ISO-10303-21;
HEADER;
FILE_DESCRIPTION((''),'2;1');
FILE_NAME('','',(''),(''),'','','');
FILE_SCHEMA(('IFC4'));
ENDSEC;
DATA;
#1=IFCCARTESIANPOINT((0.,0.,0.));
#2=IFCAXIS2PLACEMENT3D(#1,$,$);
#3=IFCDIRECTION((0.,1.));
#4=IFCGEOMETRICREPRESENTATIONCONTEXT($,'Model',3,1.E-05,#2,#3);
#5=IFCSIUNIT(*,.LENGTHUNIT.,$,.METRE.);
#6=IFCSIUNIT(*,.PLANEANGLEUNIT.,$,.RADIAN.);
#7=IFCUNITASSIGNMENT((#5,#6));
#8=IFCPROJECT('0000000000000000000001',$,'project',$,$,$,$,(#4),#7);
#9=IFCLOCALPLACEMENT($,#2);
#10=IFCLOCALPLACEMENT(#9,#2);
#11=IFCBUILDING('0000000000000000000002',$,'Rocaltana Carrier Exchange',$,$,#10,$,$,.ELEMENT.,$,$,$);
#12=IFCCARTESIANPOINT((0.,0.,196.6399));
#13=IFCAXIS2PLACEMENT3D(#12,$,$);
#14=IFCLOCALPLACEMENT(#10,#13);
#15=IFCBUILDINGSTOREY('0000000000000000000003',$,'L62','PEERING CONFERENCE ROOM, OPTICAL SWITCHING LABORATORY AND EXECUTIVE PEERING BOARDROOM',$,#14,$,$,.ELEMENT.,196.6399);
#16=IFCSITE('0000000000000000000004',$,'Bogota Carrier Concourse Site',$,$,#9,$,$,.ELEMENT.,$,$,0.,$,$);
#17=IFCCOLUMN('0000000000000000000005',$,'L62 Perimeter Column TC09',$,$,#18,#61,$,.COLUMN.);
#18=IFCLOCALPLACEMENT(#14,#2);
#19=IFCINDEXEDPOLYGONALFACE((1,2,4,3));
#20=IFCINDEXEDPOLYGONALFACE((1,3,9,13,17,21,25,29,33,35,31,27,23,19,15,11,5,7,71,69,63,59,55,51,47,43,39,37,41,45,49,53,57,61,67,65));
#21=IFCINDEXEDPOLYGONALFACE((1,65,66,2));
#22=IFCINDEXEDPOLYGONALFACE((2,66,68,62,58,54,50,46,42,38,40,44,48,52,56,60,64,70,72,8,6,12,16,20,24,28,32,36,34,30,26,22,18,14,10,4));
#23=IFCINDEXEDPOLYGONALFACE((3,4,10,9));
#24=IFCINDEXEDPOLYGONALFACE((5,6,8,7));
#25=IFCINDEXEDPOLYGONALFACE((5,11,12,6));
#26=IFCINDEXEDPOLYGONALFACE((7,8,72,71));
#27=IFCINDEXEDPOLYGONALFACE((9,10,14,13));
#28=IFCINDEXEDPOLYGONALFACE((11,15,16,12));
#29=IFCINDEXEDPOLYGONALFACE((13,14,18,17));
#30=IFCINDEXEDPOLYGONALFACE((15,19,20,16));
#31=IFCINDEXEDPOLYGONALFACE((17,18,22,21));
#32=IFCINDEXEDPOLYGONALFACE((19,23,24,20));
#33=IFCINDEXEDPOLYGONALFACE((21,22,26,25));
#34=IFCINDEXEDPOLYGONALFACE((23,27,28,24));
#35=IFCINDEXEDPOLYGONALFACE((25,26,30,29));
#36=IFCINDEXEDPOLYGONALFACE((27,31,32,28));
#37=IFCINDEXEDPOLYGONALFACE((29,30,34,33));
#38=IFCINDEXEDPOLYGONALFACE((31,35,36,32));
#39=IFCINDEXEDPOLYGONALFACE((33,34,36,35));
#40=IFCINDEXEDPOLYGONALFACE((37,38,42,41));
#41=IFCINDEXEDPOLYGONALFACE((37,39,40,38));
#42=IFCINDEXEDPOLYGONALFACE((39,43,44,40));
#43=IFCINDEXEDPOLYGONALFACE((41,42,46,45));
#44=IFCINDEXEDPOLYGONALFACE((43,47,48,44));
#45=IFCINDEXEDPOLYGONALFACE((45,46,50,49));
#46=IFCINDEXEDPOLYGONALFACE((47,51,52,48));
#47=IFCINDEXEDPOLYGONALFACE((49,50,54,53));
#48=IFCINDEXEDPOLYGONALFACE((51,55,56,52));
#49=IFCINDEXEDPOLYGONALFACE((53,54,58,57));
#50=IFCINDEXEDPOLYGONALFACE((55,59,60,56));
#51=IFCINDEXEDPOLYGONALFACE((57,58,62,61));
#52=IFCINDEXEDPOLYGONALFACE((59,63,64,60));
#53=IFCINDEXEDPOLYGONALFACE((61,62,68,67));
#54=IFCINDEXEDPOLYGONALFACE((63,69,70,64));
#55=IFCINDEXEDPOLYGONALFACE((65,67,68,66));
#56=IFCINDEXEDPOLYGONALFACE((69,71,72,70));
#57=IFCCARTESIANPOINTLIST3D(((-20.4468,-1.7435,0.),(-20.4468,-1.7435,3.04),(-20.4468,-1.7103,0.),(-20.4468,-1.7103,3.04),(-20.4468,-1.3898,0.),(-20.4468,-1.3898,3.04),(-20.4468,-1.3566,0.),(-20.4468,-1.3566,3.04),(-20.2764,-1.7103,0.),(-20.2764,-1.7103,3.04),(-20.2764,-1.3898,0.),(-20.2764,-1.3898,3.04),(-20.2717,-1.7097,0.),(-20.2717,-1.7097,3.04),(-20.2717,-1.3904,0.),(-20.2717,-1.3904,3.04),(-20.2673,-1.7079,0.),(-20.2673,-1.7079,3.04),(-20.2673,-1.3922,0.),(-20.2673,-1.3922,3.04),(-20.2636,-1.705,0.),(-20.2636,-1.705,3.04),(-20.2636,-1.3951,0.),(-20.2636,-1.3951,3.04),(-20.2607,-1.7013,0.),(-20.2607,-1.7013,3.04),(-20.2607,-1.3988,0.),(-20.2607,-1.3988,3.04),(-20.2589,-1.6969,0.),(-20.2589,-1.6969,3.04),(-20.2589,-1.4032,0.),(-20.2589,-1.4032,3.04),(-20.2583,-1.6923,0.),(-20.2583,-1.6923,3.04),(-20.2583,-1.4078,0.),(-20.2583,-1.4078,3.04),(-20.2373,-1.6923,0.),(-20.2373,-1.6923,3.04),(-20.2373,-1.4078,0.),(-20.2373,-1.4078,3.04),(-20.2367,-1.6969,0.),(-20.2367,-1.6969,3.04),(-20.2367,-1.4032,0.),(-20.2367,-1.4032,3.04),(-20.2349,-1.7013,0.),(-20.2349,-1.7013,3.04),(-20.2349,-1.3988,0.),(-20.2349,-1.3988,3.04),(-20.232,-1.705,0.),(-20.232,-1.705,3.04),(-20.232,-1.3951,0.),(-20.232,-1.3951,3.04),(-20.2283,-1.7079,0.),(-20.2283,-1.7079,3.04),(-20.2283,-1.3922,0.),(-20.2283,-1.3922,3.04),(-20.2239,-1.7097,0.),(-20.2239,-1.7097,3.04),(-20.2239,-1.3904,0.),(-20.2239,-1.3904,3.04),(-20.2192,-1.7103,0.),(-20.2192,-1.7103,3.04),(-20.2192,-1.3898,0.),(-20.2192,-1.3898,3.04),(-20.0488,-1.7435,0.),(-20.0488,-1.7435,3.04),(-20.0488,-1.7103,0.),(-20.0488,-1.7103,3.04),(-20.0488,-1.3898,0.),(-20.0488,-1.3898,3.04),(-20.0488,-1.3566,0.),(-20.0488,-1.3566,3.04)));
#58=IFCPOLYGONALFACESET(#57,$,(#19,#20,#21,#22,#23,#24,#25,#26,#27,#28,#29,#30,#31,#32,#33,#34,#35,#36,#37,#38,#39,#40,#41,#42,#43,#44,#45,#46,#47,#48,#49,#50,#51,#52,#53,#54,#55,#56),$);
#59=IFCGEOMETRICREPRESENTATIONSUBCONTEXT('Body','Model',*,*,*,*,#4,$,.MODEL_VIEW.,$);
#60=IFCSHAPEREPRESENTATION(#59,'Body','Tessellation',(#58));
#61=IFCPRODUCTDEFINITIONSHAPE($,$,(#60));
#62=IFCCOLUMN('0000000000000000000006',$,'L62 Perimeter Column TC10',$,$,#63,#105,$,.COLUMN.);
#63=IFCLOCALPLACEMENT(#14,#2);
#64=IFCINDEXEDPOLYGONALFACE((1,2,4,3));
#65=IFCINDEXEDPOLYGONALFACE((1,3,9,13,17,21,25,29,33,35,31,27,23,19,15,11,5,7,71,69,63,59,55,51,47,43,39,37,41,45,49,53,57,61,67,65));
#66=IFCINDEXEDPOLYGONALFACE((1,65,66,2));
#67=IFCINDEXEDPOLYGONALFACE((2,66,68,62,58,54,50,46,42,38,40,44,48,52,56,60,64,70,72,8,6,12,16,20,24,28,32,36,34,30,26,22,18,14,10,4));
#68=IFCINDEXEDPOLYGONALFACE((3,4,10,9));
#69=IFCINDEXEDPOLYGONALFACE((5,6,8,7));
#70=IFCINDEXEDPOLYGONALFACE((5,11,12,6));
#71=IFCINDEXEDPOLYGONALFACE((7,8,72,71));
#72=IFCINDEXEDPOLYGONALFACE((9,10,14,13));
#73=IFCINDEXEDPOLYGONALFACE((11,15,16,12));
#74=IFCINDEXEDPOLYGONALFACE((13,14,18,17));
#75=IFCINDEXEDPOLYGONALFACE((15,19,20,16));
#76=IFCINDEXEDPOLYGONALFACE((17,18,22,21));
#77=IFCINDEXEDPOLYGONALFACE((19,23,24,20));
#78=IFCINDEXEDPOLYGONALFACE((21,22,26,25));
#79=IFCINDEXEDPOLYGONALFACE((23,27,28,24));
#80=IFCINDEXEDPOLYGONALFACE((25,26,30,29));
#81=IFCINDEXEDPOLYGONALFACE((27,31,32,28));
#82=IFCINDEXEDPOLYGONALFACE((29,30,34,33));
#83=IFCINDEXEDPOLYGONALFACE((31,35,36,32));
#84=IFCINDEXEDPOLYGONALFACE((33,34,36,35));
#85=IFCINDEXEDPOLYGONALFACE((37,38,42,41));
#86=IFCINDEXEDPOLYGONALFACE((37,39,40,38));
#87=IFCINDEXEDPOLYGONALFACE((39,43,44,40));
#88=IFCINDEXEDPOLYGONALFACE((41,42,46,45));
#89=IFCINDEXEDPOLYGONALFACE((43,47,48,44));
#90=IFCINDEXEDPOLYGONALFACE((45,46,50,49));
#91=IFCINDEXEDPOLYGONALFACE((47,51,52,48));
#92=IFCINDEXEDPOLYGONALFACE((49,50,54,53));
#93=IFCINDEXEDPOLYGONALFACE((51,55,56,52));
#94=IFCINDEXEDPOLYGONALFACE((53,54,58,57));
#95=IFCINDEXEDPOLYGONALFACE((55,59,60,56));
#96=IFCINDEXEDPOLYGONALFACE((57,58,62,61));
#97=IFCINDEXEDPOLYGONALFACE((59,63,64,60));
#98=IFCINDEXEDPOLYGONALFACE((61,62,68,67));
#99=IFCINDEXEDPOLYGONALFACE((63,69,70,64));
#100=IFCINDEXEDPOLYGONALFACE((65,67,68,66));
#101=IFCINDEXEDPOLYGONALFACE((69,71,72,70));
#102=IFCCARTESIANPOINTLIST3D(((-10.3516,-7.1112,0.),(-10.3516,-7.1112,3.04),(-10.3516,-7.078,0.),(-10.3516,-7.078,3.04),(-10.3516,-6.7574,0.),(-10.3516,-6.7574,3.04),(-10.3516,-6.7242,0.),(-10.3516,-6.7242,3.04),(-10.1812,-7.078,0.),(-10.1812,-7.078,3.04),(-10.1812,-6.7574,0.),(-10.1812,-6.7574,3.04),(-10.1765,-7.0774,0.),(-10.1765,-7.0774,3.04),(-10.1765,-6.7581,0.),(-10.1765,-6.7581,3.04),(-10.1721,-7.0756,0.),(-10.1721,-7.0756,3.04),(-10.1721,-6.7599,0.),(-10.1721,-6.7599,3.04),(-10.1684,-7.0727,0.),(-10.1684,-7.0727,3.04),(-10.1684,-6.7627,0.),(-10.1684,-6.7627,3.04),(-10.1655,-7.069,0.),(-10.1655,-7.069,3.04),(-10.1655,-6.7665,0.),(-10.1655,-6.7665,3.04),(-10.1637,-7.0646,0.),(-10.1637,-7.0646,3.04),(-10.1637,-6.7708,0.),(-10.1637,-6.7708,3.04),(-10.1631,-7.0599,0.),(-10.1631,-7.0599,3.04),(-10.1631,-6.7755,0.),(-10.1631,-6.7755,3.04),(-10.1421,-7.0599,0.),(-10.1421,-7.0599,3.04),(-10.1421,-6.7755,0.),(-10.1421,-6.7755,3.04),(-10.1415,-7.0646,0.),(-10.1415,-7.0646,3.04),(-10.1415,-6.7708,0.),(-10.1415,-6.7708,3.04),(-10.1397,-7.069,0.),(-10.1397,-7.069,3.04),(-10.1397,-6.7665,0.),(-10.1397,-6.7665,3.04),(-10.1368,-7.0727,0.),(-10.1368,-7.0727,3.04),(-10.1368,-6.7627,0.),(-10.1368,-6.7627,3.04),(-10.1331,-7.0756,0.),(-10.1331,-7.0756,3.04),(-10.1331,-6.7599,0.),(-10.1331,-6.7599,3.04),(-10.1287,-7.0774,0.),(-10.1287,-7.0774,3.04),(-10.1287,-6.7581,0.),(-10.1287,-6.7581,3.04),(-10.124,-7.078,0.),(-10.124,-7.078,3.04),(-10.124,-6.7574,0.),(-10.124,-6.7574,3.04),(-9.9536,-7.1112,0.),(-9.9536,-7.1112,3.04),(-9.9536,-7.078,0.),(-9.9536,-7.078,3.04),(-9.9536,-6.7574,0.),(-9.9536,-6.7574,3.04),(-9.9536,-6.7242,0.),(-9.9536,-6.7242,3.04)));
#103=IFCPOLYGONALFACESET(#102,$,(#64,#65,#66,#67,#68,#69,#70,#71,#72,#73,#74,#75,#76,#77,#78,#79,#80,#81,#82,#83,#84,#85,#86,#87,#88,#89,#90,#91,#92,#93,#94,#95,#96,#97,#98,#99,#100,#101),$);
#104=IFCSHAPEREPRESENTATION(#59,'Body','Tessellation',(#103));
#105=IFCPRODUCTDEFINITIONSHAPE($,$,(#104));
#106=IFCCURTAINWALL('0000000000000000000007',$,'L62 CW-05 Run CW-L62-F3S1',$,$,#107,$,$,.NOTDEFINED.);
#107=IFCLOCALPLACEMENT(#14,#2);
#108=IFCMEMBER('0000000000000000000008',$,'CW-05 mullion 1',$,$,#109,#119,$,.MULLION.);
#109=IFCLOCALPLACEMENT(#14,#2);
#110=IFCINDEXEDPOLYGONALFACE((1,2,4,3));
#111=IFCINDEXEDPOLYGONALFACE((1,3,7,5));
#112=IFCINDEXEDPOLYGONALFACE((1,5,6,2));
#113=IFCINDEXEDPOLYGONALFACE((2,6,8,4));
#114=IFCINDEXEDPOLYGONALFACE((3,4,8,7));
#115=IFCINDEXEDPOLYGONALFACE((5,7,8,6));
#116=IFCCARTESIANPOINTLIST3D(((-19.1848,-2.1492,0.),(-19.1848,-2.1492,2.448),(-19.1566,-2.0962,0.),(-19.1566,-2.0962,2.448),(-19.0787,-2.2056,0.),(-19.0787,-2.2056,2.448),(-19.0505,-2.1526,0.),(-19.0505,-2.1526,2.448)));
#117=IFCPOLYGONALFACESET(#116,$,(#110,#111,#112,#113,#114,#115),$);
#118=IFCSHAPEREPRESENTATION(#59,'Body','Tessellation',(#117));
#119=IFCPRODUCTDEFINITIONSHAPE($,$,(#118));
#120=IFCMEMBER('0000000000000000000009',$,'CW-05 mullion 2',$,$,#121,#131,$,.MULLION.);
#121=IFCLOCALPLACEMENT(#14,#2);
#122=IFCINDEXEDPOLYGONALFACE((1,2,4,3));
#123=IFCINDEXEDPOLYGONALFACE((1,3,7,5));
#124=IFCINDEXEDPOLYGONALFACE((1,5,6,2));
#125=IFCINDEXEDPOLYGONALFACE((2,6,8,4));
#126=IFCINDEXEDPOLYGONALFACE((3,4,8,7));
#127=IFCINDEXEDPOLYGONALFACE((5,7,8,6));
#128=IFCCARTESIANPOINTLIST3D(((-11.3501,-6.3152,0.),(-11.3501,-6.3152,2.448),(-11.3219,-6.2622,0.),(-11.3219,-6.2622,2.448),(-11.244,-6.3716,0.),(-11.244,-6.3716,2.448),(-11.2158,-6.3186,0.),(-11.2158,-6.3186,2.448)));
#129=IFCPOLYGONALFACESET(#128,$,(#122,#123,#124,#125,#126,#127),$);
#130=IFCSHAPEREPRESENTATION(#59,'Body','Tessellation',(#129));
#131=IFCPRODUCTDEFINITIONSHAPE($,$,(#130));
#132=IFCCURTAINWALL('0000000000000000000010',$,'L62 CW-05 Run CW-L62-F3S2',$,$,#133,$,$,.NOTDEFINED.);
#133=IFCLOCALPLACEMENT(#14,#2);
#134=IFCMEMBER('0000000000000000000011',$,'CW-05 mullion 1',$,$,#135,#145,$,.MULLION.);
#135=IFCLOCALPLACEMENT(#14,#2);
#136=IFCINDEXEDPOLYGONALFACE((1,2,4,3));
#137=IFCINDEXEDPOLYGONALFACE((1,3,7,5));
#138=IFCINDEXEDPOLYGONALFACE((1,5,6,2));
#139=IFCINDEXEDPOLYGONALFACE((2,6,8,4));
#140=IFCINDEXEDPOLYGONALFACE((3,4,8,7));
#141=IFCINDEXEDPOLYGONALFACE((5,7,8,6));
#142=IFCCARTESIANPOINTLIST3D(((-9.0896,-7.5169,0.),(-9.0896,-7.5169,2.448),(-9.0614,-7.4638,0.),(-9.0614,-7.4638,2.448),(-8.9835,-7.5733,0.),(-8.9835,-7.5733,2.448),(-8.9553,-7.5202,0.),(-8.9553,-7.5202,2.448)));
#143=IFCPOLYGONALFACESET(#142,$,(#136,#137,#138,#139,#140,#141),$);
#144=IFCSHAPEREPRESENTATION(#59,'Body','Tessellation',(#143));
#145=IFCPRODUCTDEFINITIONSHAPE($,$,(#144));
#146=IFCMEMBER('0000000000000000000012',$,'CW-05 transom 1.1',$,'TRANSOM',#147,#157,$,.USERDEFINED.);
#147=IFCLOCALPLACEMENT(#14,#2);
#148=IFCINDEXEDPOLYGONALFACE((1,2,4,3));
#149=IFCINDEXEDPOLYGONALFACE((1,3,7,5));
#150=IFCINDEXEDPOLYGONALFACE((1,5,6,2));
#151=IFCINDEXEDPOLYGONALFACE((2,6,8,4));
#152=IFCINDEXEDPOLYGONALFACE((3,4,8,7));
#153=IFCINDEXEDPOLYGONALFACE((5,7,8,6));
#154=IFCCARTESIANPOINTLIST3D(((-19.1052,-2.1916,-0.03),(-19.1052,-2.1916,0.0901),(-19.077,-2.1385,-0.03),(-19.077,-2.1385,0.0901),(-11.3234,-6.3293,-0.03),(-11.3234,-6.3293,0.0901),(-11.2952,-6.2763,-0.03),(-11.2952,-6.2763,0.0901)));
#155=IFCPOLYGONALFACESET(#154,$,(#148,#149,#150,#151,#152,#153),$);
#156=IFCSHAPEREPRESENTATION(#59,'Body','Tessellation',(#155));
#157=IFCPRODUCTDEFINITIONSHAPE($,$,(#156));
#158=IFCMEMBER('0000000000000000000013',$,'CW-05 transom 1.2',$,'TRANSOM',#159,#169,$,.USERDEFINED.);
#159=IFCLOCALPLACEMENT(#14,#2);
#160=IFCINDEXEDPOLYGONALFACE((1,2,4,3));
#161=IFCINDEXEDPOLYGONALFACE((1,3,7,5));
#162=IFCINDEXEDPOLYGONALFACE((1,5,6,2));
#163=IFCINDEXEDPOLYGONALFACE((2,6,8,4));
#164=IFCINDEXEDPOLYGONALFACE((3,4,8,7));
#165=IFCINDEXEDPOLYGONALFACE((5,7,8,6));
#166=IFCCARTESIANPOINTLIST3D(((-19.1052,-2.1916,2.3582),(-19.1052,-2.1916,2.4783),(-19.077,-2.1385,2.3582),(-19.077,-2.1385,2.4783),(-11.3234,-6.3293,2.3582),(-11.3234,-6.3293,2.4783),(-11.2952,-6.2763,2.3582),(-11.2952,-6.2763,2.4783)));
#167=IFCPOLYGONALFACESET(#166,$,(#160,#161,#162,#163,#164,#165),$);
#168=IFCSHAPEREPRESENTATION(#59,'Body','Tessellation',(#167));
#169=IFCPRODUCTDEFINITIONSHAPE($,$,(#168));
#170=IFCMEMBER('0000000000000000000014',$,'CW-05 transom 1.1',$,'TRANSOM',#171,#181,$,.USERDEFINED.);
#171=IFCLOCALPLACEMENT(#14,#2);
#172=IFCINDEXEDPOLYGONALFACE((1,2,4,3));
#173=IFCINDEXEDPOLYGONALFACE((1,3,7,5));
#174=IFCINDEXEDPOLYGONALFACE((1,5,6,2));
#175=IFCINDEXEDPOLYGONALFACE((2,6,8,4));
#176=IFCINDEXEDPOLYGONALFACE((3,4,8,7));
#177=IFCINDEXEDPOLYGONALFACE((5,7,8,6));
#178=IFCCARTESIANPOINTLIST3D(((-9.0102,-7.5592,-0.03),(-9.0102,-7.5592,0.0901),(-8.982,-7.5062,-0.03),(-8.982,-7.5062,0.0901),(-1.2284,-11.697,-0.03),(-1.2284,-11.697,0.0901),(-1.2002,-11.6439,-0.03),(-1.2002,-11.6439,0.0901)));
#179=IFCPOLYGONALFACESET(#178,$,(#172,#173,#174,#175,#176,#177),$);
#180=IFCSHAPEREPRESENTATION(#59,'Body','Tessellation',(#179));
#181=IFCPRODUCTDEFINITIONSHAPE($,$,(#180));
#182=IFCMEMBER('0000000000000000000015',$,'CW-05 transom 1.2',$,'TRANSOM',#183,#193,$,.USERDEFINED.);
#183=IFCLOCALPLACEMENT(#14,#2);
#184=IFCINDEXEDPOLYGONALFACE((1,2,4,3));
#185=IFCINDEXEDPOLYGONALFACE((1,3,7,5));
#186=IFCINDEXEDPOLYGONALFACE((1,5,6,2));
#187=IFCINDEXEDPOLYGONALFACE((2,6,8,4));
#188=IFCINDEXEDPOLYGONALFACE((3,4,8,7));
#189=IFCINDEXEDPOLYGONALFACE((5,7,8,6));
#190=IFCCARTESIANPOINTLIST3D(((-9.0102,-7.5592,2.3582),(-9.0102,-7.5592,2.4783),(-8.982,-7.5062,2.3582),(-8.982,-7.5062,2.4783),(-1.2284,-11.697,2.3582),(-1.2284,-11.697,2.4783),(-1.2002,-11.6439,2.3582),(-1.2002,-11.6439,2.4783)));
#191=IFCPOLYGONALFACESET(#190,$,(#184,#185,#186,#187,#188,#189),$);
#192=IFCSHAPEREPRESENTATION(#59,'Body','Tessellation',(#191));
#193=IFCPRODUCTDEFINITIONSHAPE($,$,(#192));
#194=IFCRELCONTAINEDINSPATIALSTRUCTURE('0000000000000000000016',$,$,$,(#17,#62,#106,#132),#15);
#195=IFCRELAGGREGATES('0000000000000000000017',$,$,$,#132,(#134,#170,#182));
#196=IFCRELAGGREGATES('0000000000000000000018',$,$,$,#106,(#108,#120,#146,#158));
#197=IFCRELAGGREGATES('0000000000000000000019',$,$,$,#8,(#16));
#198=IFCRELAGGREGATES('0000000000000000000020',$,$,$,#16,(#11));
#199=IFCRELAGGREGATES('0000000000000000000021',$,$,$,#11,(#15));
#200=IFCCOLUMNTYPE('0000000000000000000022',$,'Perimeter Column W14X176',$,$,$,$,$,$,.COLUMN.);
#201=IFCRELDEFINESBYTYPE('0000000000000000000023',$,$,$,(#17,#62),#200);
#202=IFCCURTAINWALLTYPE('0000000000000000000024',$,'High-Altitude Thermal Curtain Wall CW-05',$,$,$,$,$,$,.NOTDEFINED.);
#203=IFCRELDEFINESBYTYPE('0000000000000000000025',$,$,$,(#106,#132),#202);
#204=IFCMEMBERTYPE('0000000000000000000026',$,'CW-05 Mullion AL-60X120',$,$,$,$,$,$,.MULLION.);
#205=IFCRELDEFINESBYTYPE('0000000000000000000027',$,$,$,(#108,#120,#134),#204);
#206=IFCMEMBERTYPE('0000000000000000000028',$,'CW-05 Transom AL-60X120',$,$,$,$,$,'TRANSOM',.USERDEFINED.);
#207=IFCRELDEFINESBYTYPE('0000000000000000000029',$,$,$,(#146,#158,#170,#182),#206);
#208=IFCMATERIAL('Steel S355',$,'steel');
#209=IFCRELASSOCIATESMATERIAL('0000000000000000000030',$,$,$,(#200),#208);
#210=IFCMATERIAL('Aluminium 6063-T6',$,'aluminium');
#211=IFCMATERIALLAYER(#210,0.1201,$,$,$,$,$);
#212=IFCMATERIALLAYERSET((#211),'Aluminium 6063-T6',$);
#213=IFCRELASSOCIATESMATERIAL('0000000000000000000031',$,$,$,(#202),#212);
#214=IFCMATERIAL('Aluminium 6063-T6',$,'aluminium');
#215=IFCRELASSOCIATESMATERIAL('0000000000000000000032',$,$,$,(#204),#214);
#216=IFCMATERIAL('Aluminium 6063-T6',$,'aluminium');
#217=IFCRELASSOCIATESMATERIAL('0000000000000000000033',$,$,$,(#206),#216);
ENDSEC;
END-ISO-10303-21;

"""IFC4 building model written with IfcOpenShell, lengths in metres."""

from ifc_helpers import new_model, si_unit, direction, frame, origin, origin_2d, place, context, subcontext, project, spatial, rectangle, i_section, extrude, material, layer, layer_set, material_profile, profile_set, type_object, element, aggregate, save


model = new_model("IFC4")

# Units and contexts
model_context = context("Model", 3, precision=1e-05, world=origin(), true_north=direction((0.0, 1.0)))
body_context = subcontext(model_context, "Body", "Model", "MODEL_VIEW")
ifc_project = project(units=[si_unit("LENGTHUNIT", "METRE"), si_unit("PLANEANGLEUNIT", "RADIAN")], contexts=[model_context])

# Site, building, storey
site_placement = place(None, origin())
site = spatial("IfcSite", under=ifc_project, at=site_placement, Name="Bogota Carrier Concourse Site", CompositionType="ELEMENT", RefElevation=0.0)
building_placement = place(site_placement, origin())
building = spatial("IfcBuilding", under=site, at=building_placement, Name="Rocaltana Carrier Exchange", CompositionType="ELEMENT")
storey_placement = place(building_placement, frame((0.0, 0.0, 196.6399)))
storey = spatial("IfcBuildingStorey", under=building, at=storey_placement, Name="L62", Description="PEERING CONFERENCE ROOM, OPTICAL SWITCHING LABORATORY AND EXECUTIVE PEERING BOARDROOM", CompositionType="ELEMENT", Elevation=196.6399)

# Columns
ifc_material_1 = material(Name="Steel S355", Category="steel")
ifc_material_profile_1 = material_profile(ifc_material_1, i_section(OverallWidth=0.3979, OverallDepth=0.387, WebThickness=0.021, FlangeThickness=0.0332, FilletRadius=0.0181, at=origin_2d()), Name="W14X176")
ifc_profile_set_1 = profile_set([ifc_material_profile_1], Name="Steel S355")
column_type = type_object("IfcColumnType", Name="Perimeter Column W14X176", PredefinedType="COLUMN", material=ifc_profile_set_1)
for number, where, z_axis, x_axis, name in (
    (1, (-20.2478, -1.55, 0.0), (0.0, 0.0, 1.0), (1.0, 0.0, 0.0), "L62 Perimeter Column TC09"),
    (2, (-10.1526, -6.9177, 0.0), (0.0, 0.0, 1.0), (1.0, 0.0, 0.0), "L62 Perimeter Column TC10"),
):
    element("IfcColumn", number, at=place(storey_placement, frame(where, z_axis=z_axis, x_axis=x_axis)), inside=storey, type_object=column_type, Name=name, PredefinedType="COLUMN", context=body_context, shape_type="SweptSolid", body=[
        extrude(i_section(OverallWidth=0.3979, OverallDepth=0.387, WebThickness=0.021, FlangeThickness=0.0332, FilletRadius=0.0181, at=origin_2d()), origin(), (0.0, 0.0, 1.0), 3.04),
    ])

# Curtain wall, members
ifc_material_2 = material(Name="Aluminium 6063-T6", Category="aluminium")
ifc_layer_1 = layer(ifc_material_2, 0.1201)
ifc_layer_set_1 = layer_set([ifc_layer_1], Name="Aluminium 6063-T6")
curtain_wall_type = type_object("IfcCurtainWallType", Name="High-Altitude Thermal Curtain Wall CW-05", PredefinedType="NOTDEFINED", material=ifc_layer_set_1)
curtain_wall_1_placement = place(storey_placement, origin())
curtain_wall_1 = element("IfcCurtainWall", 3, at=curtain_wall_1_placement, inside=storey, type_object=curtain_wall_type, Name="L62 CW-05 Run CW-L62-F3S1", PredefinedType="NOTDEFINED")
ifc_material_3 = material(Name="Aluminium 6063-T6", Category="aluminium")
ifc_material_profile_2 = material_profile(ifc_material_3, rectangle(XDim=0.0601, YDim=0.1201, at=origin_2d()), Name="AL-60X120")
ifc_profile_set_2 = profile_set([ifc_material_profile_2], Name="Aluminium 6063-T6")
member_type_1 = type_object("IfcMemberType", Name="CW-05 Mullion AL-60X120", PredefinedType="MULLION", material=ifc_profile_set_2)
member_1_placement = place(storey_placement, frame((-19.1177, -2.1509, 0.0), z_axis=(0.0, 0.0, 1.0), x_axis=(0.469483, 0.882941, 0.0)))
member_1 = element("IfcMember", 4, at=member_1_placement, type_object=member_type_1, Name="CW-05 mullion 1", PredefinedType="MULLION", context=body_context, shape_type="SweptSolid", body=[
    extrude(rectangle(XDim=0.0601, YDim=0.1201, at=origin_2d()), origin(), (0.0, 0.0, 1.0), 2.448),
])
member_2_placement = place(storey_placement, frame((-11.283, -6.3169, 0.0), z_axis=(0.0, 0.0, 1.0), x_axis=(0.469483, 0.882941, 0.0)))
member_2 = element("IfcMember", 5, at=member_2_placement, type_object=member_type_1, Name="CW-05 mullion 2", PredefinedType="MULLION", context=body_context, shape_type="SweptSolid", body=[
    extrude(rectangle(XDim=0.0601, YDim=0.1201, at=origin_2d()), origin(), (0.0, 0.0, 1.0), 2.448),
])

# Curtain wall, member
curtain_wall_2_placement = place(storey_placement, origin())
curtain_wall_2 = element("IfcCurtainWall", 6, at=curtain_wall_2_placement, inside=storey, type_object=curtain_wall_type, Name="L62 CW-05 Run CW-L62-F3S2", PredefinedType="NOTDEFINED")
member_3_placement = place(storey_placement, frame((-9.0225, -7.5186, 0.0), z_axis=(0.0, 0.0, 1.0), x_axis=(0.469479, 0.882943, 0.0)))
member_3 = element("IfcMember", 7, at=member_3_placement, type_object=member_type_1, Name="CW-05 mullion 1", PredefinedType="MULLION", context=body_context, shape_type="SweptSolid", body=[
    extrude(rectangle(XDim=0.0601, YDim=0.1201, at=origin_2d()), origin(), (0.0, 0.0, 1.0), 2.448),
])

# Members
ifc_material_4 = material(Name="Aluminium 6063-T6", Category="aluminium")
ifc_material_profile_3 = material_profile(ifc_material_4, rectangle(XDim=0.0601, YDim=0.1201, at=origin_2d()), Name="AL-60X120")
ifc_profile_set_3 = profile_set([ifc_material_profile_3], Name="Aluminium 6063-T6")
member_type_2 = type_object("IfcMemberType", Name="CW-05 Transom AL-60X120", ElementType="TRANSOM", PredefinedType="USERDEFINED", material=ifc_profile_set_3)
member_4_placement = place(storey_placement, frame((-19.0911, -2.165, 0.03), z_axis=(0.882944, -0.469478, 0.0), x_axis=(0.469478, 0.882944, 0.0)))
member_4 = element("IfcMember", 8, at=member_4_placement, type_object=member_type_2, Name="CW-05 transom 1.1", ObjectType="TRANSOM", PredefinedType="USERDEFINED", context=body_context, shape_type="SweptSolid", body=[
    extrude(rectangle(XDim=0.0601, YDim=0.1201, at=origin_2d()), origin(), (0.0, 0.0, 1.0), 8.8135),
])
member_5_placement = place(storey_placement, frame((-19.0911, -2.165, 2.4182), z_axis=(0.882944, -0.469478, 0.0), x_axis=(0.469478, 0.882944, 0.0)))
member_5 = element("IfcMember", 9, at=member_5_placement, type_object=member_type_2, Name="CW-05 transom 1.2", ObjectType="TRANSOM", PredefinedType="USERDEFINED", context=body_context, shape_type="SweptSolid", body=[
    extrude(rectangle(XDim=0.0601, YDim=0.1201, at=origin_2d()), origin(), (0.0, 0.0, 1.0), 8.8135),
])
member_6_placement = place(storey_placement, frame((-8.9961, -7.5327, 0.03), z_axis=(0.882944, -0.469478, 0.0), x_axis=(0.469478, 0.882944, 0.0)))
member_6 = element("IfcMember", 10, at=member_6_placement, type_object=member_type_2, Name="CW-05 transom 1.1", ObjectType="TRANSOM", PredefinedType="USERDEFINED", context=body_context, shape_type="SweptSolid", body=[
    extrude(rectangle(XDim=0.0601, YDim=0.1201, at=origin_2d()), origin(), (0.0, 0.0, 1.0), 8.8135),
])
member_7_placement = place(storey_placement, frame((-8.9961, -7.5327, 2.4182), z_axis=(0.882944, -0.469478, 0.0), x_axis=(0.469478, 0.882944, 0.0)))
member_7 = element("IfcMember", 11, at=member_7_placement, type_object=member_type_2, Name="CW-05 transom 1.2", ObjectType="TRANSOM", PredefinedType="USERDEFINED", context=body_context, shape_type="SweptSolid", body=[
    extrude(rectangle(XDim=0.0601, YDim=0.1201, at=origin_2d()), origin(), (0.0, 0.0, 1.0), 8.8135),
])
aggregate(curtain_wall_2, [member_3, member_6, member_7])

aggregate(curtain_wall_1, [member_1, member_2, member_4, member_5])

save(model, "model.ifc")
